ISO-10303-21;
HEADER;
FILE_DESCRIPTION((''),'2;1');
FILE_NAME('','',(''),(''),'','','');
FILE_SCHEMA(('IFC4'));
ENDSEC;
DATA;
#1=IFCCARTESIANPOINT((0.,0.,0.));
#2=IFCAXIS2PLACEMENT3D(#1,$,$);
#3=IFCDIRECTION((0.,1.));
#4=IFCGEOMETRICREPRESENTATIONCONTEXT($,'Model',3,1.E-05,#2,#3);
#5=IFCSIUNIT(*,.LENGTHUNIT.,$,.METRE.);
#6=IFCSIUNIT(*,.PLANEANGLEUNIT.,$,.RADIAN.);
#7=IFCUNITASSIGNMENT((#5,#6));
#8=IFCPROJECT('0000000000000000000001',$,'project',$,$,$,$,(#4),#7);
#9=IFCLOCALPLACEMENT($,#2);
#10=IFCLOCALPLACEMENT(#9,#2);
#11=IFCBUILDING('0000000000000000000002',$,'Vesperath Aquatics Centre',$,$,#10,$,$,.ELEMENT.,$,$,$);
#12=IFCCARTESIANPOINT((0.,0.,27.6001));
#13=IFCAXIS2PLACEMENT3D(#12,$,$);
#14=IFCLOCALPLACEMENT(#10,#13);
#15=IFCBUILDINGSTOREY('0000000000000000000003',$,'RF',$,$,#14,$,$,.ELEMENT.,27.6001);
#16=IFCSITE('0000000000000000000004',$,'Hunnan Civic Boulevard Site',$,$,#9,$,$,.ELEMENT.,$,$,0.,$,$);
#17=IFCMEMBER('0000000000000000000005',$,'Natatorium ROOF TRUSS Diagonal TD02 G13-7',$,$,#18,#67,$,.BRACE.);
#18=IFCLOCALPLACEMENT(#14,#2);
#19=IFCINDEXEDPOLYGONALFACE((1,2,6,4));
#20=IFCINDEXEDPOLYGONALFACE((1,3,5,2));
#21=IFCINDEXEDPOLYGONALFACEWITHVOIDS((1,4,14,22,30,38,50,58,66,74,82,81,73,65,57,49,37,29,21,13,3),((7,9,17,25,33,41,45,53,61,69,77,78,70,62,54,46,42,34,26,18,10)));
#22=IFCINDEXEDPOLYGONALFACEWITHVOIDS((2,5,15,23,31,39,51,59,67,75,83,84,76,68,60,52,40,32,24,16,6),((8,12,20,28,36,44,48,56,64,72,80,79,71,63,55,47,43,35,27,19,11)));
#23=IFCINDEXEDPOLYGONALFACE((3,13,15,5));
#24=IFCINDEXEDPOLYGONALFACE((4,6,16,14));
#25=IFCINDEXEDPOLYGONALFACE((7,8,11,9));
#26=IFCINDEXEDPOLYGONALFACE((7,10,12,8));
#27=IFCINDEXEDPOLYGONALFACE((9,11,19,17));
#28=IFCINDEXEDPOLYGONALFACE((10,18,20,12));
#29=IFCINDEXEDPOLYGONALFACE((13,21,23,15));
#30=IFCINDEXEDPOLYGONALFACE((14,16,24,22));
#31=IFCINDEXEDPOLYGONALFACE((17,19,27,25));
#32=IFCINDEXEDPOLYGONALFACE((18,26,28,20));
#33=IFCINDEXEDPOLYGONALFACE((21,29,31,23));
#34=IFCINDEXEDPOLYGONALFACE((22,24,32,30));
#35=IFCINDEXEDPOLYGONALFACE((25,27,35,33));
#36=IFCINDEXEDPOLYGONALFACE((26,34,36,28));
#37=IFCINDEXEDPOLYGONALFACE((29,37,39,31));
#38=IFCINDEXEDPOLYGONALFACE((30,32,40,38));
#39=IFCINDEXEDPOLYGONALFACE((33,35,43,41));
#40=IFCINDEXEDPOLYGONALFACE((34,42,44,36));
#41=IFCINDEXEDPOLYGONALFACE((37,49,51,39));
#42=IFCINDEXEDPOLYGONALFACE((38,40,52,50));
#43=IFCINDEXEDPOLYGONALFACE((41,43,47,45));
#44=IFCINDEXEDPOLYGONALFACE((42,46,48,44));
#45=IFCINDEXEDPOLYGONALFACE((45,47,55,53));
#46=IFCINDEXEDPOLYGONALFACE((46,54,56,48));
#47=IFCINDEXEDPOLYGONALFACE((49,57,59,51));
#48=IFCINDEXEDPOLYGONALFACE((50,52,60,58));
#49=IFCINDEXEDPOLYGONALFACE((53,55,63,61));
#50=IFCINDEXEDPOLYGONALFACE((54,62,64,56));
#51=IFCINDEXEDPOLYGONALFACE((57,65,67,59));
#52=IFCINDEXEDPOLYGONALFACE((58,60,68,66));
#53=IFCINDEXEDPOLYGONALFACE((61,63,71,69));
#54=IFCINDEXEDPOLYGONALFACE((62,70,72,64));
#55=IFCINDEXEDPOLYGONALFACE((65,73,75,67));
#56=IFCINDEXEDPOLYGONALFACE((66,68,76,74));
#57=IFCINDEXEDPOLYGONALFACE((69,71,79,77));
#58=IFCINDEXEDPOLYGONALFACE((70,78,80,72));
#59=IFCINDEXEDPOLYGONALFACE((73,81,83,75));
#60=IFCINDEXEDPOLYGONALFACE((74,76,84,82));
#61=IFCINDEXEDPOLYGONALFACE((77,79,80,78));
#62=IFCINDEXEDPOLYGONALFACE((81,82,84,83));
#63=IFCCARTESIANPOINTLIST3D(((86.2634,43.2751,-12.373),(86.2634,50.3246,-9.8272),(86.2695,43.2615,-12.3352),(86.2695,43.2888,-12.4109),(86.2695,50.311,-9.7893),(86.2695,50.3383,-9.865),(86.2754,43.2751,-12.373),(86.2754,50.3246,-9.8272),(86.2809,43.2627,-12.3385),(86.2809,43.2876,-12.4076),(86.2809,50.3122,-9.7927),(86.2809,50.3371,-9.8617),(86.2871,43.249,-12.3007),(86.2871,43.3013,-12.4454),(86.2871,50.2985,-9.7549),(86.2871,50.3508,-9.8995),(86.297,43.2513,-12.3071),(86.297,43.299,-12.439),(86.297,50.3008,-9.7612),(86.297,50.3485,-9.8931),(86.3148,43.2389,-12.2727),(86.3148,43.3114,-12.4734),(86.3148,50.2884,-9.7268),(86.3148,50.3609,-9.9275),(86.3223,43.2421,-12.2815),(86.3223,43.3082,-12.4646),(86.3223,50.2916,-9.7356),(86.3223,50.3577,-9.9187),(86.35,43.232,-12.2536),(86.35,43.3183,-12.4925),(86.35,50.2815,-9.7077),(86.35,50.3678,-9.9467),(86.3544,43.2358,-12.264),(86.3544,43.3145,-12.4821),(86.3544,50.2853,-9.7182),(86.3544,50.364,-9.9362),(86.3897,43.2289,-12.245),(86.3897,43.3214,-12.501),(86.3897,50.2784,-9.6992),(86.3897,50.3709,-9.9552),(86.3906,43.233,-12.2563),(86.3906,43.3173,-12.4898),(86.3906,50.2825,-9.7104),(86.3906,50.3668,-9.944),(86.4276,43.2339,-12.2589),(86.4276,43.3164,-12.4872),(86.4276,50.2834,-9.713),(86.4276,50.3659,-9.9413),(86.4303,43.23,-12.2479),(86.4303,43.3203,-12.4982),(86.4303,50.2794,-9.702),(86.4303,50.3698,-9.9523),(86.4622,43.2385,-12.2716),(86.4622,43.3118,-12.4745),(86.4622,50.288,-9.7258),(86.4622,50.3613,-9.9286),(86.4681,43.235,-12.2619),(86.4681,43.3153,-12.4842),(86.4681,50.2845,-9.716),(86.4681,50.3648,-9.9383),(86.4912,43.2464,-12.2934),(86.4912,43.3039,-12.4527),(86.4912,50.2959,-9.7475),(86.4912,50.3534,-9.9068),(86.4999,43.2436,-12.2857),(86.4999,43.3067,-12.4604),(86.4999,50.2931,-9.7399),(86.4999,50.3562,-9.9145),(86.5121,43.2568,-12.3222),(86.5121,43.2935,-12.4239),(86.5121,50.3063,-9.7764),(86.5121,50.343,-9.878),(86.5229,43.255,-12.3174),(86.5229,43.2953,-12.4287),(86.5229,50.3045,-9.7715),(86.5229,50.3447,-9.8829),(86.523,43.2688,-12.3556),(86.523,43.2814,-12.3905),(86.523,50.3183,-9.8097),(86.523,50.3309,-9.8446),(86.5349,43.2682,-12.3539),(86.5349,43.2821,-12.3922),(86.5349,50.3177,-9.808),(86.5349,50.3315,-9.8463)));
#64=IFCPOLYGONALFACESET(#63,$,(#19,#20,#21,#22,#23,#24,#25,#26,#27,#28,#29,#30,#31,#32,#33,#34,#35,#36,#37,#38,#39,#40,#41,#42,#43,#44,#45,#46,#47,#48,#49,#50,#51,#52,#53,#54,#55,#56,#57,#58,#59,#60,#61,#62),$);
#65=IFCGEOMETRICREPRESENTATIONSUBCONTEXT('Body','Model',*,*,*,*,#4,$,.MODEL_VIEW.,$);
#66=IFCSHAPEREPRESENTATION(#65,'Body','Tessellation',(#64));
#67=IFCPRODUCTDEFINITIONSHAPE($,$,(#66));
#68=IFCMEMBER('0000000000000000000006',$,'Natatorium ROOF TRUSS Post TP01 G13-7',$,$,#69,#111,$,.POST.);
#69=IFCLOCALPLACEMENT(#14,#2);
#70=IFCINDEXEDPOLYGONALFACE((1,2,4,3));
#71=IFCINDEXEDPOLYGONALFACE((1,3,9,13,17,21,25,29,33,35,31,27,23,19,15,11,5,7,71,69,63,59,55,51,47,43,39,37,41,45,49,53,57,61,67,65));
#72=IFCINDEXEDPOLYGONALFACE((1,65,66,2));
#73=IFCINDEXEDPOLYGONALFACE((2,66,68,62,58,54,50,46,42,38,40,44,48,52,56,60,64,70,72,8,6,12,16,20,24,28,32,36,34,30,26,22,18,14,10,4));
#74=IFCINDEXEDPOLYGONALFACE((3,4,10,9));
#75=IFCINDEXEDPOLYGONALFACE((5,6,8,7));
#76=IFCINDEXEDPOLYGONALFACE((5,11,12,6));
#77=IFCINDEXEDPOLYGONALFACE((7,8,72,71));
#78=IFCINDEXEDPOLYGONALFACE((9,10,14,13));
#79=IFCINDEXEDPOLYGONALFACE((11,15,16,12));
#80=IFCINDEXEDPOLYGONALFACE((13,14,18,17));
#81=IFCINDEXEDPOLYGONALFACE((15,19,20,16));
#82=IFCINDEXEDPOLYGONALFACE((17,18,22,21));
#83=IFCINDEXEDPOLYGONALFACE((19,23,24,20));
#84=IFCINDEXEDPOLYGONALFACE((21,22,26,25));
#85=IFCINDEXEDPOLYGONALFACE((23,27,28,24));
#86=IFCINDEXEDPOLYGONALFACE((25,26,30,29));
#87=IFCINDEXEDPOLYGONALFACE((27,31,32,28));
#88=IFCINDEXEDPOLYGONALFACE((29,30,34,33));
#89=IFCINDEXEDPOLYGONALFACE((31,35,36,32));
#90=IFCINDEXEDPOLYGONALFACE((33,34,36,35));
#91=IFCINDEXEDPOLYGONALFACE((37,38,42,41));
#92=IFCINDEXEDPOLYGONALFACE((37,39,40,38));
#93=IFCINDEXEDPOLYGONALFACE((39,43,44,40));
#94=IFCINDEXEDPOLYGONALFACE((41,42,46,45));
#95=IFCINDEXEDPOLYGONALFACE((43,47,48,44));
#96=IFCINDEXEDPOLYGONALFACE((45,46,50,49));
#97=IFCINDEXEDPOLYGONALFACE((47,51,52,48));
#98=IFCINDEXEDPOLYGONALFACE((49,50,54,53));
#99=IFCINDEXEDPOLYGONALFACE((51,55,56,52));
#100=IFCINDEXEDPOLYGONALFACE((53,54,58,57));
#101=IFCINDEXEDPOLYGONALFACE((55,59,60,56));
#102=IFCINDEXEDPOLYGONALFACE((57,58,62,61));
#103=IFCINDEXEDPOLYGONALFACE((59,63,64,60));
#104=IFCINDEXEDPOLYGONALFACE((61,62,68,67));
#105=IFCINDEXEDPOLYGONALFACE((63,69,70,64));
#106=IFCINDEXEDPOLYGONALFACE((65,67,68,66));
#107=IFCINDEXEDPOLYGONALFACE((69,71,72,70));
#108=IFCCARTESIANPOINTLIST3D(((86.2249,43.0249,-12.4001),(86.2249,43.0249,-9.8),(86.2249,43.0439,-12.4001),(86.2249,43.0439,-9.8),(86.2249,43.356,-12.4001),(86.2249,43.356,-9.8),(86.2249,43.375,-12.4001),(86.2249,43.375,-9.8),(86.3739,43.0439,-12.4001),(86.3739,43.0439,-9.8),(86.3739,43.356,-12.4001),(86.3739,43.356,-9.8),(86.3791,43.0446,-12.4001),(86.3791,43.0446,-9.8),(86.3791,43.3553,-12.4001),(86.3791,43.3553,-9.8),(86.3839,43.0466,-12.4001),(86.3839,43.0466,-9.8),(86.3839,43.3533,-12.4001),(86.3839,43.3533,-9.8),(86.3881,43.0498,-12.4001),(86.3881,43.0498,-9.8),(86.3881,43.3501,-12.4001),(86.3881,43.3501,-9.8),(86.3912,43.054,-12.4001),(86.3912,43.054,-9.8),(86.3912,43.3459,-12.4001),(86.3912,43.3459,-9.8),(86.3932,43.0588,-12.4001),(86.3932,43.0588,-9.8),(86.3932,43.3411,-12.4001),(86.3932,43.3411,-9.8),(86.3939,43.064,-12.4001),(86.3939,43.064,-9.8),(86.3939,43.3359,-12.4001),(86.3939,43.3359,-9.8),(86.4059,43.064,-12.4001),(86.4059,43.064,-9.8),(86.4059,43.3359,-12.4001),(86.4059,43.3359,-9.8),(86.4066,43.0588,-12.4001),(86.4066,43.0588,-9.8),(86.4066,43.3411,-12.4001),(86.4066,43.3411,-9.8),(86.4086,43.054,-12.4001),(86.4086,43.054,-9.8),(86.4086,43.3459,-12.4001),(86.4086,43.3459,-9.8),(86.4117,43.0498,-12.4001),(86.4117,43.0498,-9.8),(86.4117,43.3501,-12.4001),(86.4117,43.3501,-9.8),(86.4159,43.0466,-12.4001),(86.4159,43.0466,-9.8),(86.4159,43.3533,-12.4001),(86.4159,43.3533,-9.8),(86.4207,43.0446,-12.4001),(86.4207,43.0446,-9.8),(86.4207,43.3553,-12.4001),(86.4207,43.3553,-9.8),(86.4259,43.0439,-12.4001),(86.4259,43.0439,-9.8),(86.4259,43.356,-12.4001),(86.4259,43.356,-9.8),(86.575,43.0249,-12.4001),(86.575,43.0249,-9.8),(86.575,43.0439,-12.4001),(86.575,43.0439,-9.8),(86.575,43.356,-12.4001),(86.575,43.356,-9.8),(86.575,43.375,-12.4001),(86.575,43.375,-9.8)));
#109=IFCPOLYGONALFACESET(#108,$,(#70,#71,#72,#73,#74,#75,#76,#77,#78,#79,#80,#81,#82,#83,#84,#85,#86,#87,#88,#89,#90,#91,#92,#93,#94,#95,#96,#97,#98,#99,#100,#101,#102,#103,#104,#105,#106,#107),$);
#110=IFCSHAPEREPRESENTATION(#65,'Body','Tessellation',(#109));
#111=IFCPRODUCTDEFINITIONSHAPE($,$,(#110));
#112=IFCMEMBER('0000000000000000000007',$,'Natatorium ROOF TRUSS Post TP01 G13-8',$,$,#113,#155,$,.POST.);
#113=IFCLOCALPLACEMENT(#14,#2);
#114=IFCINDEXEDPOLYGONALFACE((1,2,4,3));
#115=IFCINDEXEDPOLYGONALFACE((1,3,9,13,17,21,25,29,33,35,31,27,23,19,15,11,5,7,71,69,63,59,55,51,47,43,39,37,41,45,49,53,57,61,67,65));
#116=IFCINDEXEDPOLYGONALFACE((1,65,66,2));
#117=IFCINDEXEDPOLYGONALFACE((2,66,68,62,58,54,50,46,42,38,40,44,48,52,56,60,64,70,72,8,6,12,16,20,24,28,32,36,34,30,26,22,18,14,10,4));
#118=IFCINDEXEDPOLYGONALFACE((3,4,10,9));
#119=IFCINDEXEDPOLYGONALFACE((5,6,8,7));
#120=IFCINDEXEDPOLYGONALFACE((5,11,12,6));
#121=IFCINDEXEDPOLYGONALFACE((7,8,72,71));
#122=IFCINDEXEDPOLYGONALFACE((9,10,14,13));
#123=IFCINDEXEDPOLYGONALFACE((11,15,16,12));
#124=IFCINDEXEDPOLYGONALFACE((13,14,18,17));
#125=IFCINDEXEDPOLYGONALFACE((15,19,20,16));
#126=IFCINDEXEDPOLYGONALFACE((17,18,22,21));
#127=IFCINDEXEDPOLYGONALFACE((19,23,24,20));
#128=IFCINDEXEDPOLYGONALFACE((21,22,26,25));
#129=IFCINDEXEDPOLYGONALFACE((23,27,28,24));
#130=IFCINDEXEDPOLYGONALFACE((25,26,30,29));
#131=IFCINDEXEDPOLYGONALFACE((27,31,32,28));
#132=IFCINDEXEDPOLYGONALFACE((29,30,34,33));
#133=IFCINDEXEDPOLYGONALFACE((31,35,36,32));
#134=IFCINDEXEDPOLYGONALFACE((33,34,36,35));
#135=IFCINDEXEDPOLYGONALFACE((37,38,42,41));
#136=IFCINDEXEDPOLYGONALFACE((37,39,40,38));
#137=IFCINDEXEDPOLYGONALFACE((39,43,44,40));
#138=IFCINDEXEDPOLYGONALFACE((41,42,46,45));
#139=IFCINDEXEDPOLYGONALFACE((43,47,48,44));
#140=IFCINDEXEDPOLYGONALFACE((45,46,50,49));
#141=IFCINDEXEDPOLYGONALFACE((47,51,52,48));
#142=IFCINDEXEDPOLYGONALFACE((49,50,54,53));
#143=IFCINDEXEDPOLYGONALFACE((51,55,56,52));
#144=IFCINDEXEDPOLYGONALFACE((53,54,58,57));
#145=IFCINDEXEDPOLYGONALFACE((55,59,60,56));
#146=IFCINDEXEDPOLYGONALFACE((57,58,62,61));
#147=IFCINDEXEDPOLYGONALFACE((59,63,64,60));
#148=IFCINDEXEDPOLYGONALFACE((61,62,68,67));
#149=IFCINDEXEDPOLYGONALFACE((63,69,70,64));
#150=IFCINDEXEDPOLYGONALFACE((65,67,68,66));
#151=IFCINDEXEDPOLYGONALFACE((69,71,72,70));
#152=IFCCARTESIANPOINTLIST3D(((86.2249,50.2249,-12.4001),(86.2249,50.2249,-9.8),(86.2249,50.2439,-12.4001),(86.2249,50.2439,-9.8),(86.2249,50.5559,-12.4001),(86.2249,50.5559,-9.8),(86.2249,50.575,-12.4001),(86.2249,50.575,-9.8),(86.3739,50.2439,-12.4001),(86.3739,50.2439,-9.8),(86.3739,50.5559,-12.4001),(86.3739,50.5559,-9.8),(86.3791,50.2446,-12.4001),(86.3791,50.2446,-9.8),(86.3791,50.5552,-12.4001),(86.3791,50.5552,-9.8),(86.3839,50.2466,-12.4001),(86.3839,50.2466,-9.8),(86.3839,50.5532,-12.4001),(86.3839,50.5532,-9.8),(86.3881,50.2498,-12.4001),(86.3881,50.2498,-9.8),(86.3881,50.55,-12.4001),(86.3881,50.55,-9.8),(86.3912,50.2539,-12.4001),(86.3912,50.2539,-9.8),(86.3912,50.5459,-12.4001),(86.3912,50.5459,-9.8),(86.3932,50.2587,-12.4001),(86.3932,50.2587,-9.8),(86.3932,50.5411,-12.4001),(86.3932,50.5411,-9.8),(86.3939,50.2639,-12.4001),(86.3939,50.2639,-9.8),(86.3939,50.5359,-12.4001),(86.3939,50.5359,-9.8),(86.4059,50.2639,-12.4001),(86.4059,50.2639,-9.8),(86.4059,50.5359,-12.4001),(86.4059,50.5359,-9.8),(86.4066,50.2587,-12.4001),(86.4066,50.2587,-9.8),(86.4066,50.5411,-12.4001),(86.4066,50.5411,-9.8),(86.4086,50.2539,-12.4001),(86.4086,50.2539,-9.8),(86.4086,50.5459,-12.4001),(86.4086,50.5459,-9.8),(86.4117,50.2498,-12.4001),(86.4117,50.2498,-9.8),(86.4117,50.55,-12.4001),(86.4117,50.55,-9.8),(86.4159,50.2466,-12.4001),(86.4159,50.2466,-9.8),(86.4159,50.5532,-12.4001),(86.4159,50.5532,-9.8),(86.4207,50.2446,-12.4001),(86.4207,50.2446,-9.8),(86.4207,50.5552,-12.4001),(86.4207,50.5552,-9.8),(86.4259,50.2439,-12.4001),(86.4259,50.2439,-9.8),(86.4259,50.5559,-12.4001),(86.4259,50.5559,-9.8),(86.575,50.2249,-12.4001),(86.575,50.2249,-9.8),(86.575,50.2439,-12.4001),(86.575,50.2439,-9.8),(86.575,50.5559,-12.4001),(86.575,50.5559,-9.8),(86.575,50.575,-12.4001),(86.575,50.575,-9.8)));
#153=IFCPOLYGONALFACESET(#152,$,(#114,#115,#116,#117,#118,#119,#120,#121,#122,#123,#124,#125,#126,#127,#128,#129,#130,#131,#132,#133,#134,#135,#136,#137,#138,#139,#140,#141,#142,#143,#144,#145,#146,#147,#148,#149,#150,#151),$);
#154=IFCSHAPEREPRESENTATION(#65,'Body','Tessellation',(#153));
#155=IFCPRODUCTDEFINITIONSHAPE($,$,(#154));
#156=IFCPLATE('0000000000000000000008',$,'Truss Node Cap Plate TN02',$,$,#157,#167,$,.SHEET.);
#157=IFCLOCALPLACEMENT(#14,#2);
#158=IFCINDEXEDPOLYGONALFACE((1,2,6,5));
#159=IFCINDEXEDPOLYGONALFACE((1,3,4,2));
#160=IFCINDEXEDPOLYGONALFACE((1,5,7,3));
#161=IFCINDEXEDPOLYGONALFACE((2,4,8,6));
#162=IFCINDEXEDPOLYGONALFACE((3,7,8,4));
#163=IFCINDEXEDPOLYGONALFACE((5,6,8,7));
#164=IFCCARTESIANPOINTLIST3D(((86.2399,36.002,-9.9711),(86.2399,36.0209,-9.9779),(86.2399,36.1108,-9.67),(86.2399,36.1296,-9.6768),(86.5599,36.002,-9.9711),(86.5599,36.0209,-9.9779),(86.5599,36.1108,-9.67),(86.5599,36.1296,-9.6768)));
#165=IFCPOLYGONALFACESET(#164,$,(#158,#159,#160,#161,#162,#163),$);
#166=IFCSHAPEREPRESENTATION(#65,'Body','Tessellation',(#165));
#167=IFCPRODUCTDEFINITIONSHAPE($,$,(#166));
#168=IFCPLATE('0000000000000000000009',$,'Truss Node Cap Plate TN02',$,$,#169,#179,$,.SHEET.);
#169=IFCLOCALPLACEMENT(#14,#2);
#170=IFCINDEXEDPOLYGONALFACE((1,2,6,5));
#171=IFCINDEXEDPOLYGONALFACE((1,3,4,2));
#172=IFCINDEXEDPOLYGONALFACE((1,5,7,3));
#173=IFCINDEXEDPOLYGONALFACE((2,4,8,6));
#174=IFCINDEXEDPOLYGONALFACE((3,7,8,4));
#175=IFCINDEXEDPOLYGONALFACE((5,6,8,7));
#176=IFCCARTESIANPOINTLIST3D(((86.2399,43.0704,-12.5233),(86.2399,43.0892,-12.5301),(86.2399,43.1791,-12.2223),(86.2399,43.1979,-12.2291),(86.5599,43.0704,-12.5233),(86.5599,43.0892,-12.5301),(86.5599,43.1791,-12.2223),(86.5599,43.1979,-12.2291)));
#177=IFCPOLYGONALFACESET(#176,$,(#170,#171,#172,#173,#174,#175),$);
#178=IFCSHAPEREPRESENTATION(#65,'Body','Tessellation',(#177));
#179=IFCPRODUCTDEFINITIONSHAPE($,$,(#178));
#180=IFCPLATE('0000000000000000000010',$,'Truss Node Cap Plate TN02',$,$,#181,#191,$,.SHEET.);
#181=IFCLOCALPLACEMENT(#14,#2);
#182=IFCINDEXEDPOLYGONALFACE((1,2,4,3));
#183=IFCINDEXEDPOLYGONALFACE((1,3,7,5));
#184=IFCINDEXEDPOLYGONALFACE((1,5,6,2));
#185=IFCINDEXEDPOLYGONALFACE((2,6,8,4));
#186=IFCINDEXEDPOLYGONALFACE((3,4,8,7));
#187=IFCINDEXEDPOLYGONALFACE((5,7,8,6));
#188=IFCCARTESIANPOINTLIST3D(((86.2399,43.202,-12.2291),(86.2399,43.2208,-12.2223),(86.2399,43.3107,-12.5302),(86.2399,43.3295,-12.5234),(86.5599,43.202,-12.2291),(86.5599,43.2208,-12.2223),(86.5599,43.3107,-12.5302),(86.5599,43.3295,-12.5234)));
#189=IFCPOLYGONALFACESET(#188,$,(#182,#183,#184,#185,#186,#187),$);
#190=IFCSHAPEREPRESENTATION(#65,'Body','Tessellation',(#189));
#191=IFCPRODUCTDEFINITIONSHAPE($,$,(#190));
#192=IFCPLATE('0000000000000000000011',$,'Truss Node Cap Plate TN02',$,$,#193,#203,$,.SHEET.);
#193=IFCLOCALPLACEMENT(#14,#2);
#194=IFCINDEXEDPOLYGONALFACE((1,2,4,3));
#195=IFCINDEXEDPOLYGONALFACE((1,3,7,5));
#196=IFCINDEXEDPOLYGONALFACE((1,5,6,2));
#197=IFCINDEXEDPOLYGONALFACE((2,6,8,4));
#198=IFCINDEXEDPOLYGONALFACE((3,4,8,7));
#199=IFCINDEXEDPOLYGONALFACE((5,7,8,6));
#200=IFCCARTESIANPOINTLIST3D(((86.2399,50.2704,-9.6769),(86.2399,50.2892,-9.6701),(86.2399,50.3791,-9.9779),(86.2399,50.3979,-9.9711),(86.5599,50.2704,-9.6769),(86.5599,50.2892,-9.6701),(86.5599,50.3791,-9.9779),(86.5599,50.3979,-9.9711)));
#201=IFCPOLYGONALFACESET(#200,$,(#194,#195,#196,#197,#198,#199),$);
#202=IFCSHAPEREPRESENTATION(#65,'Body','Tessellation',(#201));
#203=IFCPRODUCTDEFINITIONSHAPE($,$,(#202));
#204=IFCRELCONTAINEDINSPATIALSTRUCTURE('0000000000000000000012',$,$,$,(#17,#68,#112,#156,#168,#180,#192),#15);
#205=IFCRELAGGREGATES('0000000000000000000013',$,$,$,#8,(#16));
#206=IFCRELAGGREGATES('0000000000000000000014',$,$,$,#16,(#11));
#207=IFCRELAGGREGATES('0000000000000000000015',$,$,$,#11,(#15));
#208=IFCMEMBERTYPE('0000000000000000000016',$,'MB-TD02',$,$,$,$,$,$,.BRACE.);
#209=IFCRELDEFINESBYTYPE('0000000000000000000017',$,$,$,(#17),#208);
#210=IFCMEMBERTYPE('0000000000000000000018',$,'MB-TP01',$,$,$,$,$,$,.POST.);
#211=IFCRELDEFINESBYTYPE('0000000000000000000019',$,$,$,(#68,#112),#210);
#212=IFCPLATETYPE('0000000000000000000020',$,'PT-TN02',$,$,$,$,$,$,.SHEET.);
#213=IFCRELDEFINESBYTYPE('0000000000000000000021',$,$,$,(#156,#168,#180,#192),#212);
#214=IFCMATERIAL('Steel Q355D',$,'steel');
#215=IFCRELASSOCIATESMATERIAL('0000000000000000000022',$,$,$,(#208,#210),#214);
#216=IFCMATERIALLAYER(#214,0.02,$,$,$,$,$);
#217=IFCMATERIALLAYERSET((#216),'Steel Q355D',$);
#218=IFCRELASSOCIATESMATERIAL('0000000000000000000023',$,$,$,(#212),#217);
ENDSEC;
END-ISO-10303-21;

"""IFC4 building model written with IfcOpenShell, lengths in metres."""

from ifc_helpers import new_model, si_unit, direction, frame, origin, origin_2d, place, context, subcontext, project, spatial, rectangle, hollow_circle, i_section, extrude, material, layer, layer_set, material_profile, profile_set, type_object, element, save


model = new_model("IFC4")

# Units and contexts
model_context = context("Model", 3, precision=1e-05, world=origin(), true_north=direction((0.0, 1.0)))
body_context = subcontext(model_context, "Body", "Model", "MODEL_VIEW")
ifc_project = project(units=[si_unit("LENGTHUNIT", "METRE"), si_unit("PLANEANGLEUNIT", "RADIAN")], contexts=[model_context])

# Site, building, storey
site_placement = place(None, origin())
site = spatial("IfcSite", under=ifc_project, at=site_placement, Name="Hunnan Civic Boulevard Site", CompositionType="ELEMENT", RefElevation=0.0)
building_placement = place(site_placement, origin())
building = spatial("IfcBuilding", under=site, at=building_placement, Name="Vesperath Aquatics Centre", CompositionType="ELEMENT")
storey_placement = place(building_placement, frame((0.0, 0.0, 27.6001)))
storey = spatial("IfcBuildingStorey", under=building, at=storey_placement, Name="RF", CompositionType="ELEMENT", Elevation=27.6001)

# Members
ifc_material_1 = material(Name="Steel Q355D", Category="steel")
ifc_material_profile_1 = material_profile(ifc_material_1, hollow_circle(Radius=0.1365, WallThickness=0.012, at=origin_2d()), Name="CHS 273.0x12")
ifc_profile_set_1 = profile_set([ifc_material_profile_1], Name="Steel Q355D")
member_type_1 = type_object("IfcMemberType", Name="MB-TD02", PredefinedType="BRACE", material=ifc_profile_set_1)
for number, where, z_axis, x_axis, name in (
    (1, (86.3999, 43.2751, -12.373), (0.0, 0.940544, 0.339671), (-1.0, 0.0, 0.0), "Natatorium ROOF TRUSS Diagonal TD02 G13-7"),
):
    element("IfcMember", number, at=place(storey_placement, frame(where, z_axis=z_axis, x_axis=x_axis)), inside=storey, type_object=member_type_1, Name=name, PredefinedType="BRACE", context=body_context, shape_type="SweptSolid", body=[
        extrude(hollow_circle(Radius=0.1365, WallThickness=0.012, at=origin_2d()), origin(), (0.0, 0.0, 1.0), 7.4951),
    ])
ifc_material_profile_2 = material_profile(ifc_material_1, i_section(OverallWidth=0.3501, OverallDepth=0.3501, WebThickness=0.012, FlangeThickness=0.019, FilletRadius=0.02, at=origin_2d()), Name="HW 350x350x12x19")
ifc_profile_set_2 = profile_set([ifc_material_profile_2], Name="Steel Q355D")
member_type_2 = type_object("IfcMemberType", Name="MB-TP01", PredefinedType="POST", material=ifc_profile_set_2)
for number, where, z_axis, x_axis, name in (
    (2, (86.3999, 43.2, -12.4001), (0.0, 0.0, 1.0), (1.0, 0.0, 0.0), "Natatorium ROOF TRUSS Post TP01 G13-7"),
    (3, (86.3999, 50.3999, -12.4001), (0.0, 0.0, 1.0), (1.0, 0.0, 0.0), "Natatorium ROOF TRUSS Post TP01 G13-8"),
):
    element("IfcMember", number, at=place(storey_placement, frame(where, z_axis=z_axis, x_axis=x_axis)), inside=storey, type_object=member_type_2, Name=name, PredefinedType="POST", context=body_context, shape_type="SweptSolid", body=[
        extrude(i_section(OverallWidth=0.3501, OverallDepth=0.3501, WebThickness=0.012, FlangeThickness=0.019, FilletRadius=0.02, at=origin_2d()), origin(), (0.0, 0.0, 1.0), 2.6001),
    ])

# Plates
ifc_layer_1 = layer(ifc_material_1, 0.02)
ifc_layer_set_1 = layer_set([ifc_layer_1], Name="Steel Q355D")
plate_type_1 = type_object("IfcPlateType", Name="PT-TN02", PredefinedType="SHEET", material=ifc_layer_set_1)
for number, where, z_axis, x_axis, name in (
    (4, (86.3999, 36.0564, -9.8206), (0.0, 0.940554, -0.339644), (-1.0, 0.0, 0.0), "Truss Node Cap Plate TN02"),
    (5, (86.3999, 43.1248, -12.3728), (0.0, 0.940554, -0.339644), (-1.0, 0.0, 0.0), "Truss Node Cap Plate TN02"),
    (6, (86.3999, 43.2563, -12.3796), (0.0, 0.940554, 0.339644), (-1.0, 0.0, 0.0), "Truss Node Cap Plate TN02"),
    (7, (86.3999, 50.3247, -9.8274), (0.0, 0.940554, 0.339644), (-1.0, 0.0, 0.0), "Truss Node Cap Plate TN02"),
):
    element("IfcPlate", number, at=place(storey_placement, frame(where, z_axis=z_axis, x_axis=x_axis)), inside=storey, type_object=plate_type_1, Name=name, PredefinedType="SHEET", context=body_context, shape_type="SweptSolid", body=[
        extrude(rectangle(XDim=0.3201, YDim=0.3201, at=origin_2d()), origin(), (0.0, 0.0, 1.0), 0.02),
    ])

save(model, "model.ifc")
